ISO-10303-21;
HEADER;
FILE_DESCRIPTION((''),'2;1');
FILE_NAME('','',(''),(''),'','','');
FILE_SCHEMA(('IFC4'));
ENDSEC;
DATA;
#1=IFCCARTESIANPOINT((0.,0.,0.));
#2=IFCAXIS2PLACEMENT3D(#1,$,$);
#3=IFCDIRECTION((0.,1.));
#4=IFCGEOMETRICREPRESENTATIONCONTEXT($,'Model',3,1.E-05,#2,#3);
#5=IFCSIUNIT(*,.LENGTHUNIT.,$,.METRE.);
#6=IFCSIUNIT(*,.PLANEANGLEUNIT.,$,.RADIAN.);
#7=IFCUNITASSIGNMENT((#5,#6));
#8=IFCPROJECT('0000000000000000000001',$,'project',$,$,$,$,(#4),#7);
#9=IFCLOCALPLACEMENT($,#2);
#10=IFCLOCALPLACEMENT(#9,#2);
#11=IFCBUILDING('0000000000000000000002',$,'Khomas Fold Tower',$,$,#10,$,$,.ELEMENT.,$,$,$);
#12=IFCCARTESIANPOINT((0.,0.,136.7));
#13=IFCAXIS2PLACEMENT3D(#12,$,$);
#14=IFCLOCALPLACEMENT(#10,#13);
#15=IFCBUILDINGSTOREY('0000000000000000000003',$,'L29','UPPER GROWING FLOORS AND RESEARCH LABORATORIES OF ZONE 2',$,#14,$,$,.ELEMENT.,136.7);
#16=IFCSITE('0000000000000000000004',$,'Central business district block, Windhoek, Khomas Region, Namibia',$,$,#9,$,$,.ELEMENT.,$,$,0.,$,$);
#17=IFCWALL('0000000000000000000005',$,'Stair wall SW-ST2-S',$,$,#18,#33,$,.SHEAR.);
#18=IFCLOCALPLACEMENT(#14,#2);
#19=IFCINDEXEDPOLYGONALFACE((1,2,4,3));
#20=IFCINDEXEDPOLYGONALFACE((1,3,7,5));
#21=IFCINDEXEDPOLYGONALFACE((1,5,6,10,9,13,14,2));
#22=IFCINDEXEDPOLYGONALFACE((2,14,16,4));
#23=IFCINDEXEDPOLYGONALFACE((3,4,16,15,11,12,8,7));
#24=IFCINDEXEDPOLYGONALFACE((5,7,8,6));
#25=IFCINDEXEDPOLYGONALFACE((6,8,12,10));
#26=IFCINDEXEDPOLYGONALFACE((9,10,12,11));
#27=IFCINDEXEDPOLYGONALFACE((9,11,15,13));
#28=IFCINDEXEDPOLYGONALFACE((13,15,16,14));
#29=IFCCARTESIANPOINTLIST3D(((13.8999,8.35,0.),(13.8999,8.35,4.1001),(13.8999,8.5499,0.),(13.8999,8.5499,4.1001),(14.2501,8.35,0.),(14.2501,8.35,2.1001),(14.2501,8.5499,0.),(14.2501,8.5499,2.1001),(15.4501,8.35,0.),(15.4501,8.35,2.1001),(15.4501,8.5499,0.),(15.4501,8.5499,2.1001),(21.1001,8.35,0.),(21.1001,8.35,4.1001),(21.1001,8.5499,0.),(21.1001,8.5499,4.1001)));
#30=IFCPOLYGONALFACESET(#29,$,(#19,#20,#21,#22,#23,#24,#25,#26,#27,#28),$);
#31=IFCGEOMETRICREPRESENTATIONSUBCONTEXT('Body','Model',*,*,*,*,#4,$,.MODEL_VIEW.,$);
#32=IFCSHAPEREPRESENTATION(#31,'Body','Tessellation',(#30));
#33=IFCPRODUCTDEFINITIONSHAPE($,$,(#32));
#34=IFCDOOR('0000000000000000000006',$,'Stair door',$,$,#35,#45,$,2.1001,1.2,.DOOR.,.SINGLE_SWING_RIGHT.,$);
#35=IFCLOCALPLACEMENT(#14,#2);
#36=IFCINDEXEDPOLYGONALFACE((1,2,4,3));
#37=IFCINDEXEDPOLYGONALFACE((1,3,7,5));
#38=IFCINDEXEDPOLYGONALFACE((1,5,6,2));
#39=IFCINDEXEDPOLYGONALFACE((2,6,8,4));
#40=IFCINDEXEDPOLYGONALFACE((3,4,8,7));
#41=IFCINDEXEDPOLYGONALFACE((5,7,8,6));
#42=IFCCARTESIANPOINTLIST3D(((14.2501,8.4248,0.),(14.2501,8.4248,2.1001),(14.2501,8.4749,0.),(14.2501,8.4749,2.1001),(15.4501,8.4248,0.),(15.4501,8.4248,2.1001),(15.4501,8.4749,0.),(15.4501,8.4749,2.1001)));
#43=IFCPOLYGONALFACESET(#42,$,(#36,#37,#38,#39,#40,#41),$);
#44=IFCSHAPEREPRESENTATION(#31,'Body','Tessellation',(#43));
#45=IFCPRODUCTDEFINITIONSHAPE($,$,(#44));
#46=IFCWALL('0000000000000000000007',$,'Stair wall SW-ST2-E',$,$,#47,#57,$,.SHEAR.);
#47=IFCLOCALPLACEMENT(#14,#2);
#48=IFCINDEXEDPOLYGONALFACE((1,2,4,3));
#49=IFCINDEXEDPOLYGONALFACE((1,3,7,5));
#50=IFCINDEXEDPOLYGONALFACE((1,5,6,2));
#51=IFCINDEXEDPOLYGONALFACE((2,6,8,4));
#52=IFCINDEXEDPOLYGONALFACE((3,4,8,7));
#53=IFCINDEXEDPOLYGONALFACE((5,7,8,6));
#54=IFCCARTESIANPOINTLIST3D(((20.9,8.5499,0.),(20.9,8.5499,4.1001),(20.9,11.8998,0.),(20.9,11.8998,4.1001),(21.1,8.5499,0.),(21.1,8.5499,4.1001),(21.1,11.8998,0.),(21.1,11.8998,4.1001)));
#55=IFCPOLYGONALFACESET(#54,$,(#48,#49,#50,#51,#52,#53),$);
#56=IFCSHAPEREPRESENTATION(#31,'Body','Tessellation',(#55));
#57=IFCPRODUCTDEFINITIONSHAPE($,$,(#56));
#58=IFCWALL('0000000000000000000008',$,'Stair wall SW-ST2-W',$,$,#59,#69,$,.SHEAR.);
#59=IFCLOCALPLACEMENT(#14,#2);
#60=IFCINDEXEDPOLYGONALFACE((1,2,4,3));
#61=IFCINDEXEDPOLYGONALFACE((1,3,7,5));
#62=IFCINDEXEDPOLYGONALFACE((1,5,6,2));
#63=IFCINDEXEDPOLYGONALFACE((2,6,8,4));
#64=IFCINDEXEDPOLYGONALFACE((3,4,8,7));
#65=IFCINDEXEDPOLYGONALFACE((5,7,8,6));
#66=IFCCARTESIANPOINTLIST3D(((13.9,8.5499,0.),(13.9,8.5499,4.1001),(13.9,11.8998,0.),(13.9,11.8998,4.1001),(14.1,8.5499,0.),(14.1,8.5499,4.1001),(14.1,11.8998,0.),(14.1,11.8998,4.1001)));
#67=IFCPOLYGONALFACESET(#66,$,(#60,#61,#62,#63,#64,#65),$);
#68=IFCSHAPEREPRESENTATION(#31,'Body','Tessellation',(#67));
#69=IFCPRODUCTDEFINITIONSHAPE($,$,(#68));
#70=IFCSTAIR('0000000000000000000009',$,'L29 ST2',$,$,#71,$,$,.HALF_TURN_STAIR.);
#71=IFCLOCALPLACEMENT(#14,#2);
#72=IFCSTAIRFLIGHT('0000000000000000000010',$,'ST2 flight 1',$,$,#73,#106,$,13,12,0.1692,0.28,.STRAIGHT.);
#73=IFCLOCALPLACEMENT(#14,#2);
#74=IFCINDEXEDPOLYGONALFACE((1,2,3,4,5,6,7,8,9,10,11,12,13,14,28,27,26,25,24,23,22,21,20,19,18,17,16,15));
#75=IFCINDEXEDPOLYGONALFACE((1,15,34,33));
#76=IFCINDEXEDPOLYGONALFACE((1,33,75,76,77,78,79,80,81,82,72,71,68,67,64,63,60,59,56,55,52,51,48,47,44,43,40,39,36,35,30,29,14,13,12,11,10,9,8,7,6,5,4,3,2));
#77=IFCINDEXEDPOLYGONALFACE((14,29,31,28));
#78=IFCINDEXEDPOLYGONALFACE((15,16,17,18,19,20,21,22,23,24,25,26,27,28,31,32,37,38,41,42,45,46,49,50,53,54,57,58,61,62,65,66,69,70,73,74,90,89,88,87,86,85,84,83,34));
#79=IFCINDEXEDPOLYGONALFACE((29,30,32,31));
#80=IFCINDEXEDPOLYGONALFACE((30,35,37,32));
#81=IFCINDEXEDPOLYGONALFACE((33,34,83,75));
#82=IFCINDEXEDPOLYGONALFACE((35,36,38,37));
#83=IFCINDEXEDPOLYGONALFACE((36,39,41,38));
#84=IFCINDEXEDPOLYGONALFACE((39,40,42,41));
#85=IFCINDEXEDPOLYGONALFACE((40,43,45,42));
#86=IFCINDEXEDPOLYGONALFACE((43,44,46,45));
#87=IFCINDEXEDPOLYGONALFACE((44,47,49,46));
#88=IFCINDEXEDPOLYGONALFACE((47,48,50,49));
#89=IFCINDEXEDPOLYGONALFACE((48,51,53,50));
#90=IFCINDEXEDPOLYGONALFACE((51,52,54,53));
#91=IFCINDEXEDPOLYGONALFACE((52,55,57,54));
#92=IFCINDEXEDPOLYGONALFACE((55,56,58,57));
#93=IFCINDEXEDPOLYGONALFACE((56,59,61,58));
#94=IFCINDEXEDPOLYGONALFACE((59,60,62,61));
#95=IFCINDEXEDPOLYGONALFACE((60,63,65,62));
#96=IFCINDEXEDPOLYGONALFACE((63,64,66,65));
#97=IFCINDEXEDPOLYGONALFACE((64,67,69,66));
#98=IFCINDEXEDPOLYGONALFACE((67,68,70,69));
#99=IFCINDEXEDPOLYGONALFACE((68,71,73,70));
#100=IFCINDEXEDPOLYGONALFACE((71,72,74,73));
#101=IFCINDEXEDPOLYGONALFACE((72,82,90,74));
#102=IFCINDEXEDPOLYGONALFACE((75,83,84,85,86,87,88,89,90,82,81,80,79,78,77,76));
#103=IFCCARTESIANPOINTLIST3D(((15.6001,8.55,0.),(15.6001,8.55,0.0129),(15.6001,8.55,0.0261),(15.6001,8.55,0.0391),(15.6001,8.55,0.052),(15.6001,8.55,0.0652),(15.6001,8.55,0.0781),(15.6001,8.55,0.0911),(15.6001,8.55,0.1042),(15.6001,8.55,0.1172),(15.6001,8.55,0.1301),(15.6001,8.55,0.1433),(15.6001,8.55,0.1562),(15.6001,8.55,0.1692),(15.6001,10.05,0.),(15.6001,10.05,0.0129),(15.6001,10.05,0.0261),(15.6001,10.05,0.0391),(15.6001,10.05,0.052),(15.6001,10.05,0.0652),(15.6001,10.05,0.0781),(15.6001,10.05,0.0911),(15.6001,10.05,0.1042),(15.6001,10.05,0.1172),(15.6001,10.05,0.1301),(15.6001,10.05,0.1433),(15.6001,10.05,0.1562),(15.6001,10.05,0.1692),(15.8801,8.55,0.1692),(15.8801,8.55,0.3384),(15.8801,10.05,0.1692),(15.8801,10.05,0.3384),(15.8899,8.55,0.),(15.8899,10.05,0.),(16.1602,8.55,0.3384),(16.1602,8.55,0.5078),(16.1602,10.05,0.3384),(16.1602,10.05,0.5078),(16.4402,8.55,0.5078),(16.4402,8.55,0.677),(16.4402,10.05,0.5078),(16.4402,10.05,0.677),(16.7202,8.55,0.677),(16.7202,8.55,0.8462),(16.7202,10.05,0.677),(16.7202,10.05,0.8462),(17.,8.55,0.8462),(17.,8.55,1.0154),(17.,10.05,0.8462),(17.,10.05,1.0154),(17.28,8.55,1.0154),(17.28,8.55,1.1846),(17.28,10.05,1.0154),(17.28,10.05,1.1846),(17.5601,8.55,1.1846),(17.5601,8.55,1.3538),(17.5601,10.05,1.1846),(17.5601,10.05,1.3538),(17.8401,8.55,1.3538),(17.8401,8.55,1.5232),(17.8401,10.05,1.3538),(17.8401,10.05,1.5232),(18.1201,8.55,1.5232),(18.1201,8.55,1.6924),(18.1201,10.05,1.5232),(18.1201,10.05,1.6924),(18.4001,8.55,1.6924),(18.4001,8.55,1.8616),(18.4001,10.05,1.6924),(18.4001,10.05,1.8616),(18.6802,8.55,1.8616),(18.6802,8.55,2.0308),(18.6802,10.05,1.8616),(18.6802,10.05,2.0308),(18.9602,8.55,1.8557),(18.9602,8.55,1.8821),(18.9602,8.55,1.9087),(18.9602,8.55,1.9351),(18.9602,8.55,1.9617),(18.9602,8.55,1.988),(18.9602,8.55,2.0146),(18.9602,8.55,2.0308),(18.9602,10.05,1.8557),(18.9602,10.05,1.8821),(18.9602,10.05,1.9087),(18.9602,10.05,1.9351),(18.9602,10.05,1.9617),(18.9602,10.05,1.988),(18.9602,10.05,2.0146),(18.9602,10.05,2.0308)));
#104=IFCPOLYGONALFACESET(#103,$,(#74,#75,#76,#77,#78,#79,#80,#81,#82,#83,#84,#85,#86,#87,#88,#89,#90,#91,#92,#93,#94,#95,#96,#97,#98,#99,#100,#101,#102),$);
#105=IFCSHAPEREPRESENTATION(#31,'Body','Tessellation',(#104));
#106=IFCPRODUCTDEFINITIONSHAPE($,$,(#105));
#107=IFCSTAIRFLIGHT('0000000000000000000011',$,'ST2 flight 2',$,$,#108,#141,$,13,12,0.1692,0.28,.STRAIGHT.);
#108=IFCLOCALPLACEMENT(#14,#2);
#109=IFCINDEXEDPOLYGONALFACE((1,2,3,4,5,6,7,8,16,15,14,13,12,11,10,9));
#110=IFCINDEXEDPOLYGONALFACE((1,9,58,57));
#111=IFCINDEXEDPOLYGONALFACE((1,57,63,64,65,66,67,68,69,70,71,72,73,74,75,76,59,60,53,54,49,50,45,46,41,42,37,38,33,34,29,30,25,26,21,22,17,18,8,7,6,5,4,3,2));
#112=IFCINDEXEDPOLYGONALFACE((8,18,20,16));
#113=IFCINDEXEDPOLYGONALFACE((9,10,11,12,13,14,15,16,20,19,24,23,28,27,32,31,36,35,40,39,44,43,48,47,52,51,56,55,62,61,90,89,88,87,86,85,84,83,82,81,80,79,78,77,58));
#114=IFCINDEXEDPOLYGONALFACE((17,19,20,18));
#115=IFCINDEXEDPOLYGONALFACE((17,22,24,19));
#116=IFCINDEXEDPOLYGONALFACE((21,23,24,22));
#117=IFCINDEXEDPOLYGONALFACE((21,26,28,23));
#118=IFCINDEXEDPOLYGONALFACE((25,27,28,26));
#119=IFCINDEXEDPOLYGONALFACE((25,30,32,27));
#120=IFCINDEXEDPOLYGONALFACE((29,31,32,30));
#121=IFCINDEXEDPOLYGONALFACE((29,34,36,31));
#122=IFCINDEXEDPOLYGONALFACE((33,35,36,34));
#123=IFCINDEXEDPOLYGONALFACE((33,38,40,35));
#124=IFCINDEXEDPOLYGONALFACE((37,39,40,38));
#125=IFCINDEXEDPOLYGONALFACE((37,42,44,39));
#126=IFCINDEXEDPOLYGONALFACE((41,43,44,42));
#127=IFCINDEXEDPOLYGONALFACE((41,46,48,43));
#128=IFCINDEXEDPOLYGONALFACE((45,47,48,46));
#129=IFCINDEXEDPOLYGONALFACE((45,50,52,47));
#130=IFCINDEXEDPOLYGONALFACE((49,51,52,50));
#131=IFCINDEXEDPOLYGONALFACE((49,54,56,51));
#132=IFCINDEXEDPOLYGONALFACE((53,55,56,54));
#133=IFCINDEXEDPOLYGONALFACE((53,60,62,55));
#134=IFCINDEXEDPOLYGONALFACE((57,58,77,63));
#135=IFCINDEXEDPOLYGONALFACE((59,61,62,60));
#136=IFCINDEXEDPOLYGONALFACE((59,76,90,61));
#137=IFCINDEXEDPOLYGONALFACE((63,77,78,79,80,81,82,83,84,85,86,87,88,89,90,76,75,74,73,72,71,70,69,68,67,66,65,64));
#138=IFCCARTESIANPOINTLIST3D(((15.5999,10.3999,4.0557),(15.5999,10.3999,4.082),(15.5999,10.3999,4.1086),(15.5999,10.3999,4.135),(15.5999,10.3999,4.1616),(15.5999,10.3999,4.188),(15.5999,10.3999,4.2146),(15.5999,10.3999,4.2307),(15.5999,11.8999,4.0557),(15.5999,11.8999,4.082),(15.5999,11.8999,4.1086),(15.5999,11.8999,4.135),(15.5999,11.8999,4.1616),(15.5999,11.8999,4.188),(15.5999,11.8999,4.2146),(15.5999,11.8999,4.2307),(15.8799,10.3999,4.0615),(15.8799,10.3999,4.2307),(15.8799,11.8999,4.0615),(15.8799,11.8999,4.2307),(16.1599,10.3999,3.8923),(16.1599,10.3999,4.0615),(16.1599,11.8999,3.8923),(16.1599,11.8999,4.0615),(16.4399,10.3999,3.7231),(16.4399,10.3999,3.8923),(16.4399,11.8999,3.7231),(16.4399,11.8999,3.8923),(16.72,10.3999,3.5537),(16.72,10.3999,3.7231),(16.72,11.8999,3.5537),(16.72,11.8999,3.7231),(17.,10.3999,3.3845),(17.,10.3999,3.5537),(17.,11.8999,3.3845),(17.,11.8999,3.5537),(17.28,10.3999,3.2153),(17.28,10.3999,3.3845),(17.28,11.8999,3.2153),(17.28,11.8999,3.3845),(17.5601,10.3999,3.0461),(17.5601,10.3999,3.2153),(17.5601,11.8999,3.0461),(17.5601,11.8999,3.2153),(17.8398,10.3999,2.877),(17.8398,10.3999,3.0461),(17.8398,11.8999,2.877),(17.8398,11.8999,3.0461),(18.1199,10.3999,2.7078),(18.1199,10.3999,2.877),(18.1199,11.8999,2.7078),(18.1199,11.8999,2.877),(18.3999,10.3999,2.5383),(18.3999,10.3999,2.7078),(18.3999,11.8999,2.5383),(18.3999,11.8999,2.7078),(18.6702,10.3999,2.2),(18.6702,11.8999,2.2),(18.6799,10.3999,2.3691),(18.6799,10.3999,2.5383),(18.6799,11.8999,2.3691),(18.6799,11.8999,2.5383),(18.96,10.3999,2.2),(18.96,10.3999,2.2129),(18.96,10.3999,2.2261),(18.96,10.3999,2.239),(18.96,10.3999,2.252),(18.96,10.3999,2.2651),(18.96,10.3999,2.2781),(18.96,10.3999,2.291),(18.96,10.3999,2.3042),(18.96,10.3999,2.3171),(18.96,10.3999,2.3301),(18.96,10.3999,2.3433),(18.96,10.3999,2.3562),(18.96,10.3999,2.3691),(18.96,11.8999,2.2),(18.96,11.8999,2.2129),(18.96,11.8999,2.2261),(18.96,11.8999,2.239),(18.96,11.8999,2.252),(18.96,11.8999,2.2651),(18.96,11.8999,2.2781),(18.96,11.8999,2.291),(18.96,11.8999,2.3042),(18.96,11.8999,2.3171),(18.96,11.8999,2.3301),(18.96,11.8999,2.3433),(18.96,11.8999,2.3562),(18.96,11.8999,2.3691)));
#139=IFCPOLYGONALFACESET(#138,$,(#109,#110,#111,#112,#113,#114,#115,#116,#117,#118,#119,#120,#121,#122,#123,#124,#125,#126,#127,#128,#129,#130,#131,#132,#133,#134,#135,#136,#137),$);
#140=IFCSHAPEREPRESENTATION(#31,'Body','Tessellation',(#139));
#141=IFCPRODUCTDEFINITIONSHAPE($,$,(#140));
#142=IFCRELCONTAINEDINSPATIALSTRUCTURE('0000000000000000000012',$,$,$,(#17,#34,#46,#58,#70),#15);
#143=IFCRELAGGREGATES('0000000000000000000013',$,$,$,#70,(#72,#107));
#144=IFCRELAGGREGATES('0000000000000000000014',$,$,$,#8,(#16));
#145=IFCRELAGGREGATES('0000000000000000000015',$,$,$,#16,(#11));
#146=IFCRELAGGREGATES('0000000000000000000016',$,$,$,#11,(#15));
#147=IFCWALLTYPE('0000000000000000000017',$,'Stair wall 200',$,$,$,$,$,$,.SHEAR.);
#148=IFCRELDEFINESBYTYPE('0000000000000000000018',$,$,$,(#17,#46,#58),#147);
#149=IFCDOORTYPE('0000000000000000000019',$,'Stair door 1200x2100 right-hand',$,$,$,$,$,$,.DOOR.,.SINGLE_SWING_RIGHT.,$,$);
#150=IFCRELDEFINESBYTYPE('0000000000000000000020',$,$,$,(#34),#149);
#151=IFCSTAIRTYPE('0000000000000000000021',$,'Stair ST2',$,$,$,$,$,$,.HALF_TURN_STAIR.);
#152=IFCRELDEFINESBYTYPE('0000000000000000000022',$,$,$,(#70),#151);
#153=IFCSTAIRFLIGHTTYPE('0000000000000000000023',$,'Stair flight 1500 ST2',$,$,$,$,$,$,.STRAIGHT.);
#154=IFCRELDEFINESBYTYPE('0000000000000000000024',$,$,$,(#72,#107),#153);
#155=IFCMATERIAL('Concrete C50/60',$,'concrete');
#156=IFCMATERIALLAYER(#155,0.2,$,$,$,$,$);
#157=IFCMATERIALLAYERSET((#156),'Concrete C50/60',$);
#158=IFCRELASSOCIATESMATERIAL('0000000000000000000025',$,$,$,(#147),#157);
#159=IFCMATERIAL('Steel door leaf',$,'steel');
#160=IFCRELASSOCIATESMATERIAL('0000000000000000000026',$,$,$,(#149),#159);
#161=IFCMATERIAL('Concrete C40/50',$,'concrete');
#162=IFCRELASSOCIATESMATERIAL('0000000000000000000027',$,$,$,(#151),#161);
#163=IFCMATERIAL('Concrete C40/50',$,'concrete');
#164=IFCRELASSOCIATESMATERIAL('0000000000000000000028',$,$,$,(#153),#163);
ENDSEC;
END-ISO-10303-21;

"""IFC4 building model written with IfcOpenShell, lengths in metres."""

from ifc_helpers import new_model, si_unit, direction, frame, frame_2d, origin, place, context, subcontext, project, spatial, polyline, rectangle, outline, extrude, source, transform, mapped, material, layer, layer_set, type_object, element, fill, aggregate, save


model = new_model("IFC4")

# Units and contexts
model_context = context("Model", 3, precision=1e-05, world=origin(), true_north=direction((0.0, 1.0)))
body_context = subcontext(model_context, "Body", "Model", "MODEL_VIEW")
ifc_project = project(units=[si_unit("LENGTHUNIT", "METRE"), si_unit("PLANEANGLEUNIT", "RADIAN")], contexts=[model_context])

# Site, building, storey
site_placement = place(None, origin())
site = spatial("IfcSite", under=ifc_project, at=site_placement, Name="Central business district block, Windhoek, Khomas Region, Namibia", CompositionType="ELEMENT", RefElevation=0.0)
building_placement = place(site_placement, origin())
building = spatial("IfcBuilding", under=site, at=building_placement, Name="Khomas Fold Tower", CompositionType="ELEMENT")
storey_placement = place(building_placement, frame((0.0, 0.0, 136.7)))
storey = spatial("IfcBuildingStorey", under=building, at=storey_placement, Name="L29", Description="UPPER GROWING FLOORS AND RESEARCH LABORATORIES OF ZONE 2", CompositionType="ELEMENT", Elevation=136.7)

# Shared definitions
ifc_material_1 = material(Name="Concrete C50/60", Category="concrete")
ifc_layer_1 = layer(ifc_material_1, 0.2)
ifc_layer_set_1 = layer_set([ifc_layer_1], Name="Concrete C50/60")
wall_type_1 = type_object("IfcWallType", Name="Stair wall 200", PredefinedType="SHEAR", material=ifc_layer_set_1)

# Wall, opening, door
shared_shape_1 = source(origin(), body_context, "Body", "SweptSolid", [
    extrude(rectangle(XDim=7.2002, YDim=0.2, at=frame_2d((3.6001, 0.0))), origin(), (0.0, 0.0, 1.0), 4.1001),
])
wall_1_placement = place(storey_placement, frame((13.8999, 8.45, 0.0), z_axis=(0.0, 0.0, 1.0), x_axis=(1.0, 0.0, 0.0)))
wall_1 = element("IfcWall", 1, at=wall_1_placement, inside=storey, type_object=wall_type_1, Name="Stair wall SW-ST2-S", PredefinedType="SHEAR", context=body_context, shape_type="MappedRepresentation", body=[
    mapped(shared_shape_1, transform((0.0, 0.0, 0.0))),
])
shared_shape_2 = source(origin(), body_context, "Body", "SweptSolid", [
    extrude(rectangle(XDim=1.2, YDim=2.1001, at=frame_2d((0.6001, 1.05))), frame((0.0, 0.1099, 0.0), z_axis=(0.0, -1.0, 0.0), x_axis=(1.0, 0.0, 0.0)), (0.0, 0.0, 1.0), 0.22),
])
opening_1_placement = place(wall_1_placement, frame((0.3501, 0.0, 0.0)))
opening_1 = element("IfcOpeningElement", 2, at=opening_1_placement, cuts=wall_1, PredefinedType="OPENING", context=body_context, shape_type="MappedRepresentation", body=[
    mapped(shared_shape_2, transform((0.0, 0.0, 0.0))),
])
ifc_material_2 = material(Name="Steel door leaf", Category="steel")
door_type_1 = type_object("IfcDoorType", Name="Stair door 1200x2100 right-hand", OperationType="SINGLE_SWING_RIGHT", PredefinedType="DOOR", material=ifc_material_2)
shared_shape_3 = source(origin(), body_context, "Body", "SweptSolid", [
    extrude(rectangle(XDim=1.2, YDim=2.1001, at=frame_2d((0.6001, 1.05))), frame((0.0, 0.0249, 0.0), z_axis=(0.0, -1.0, 0.0), x_axis=(1.0, 0.0, 0.0)), (0.0, 0.0, 1.0), 0.05),
])
door_1_placement = place(opening_1_placement, origin())
door_1 = element("IfcDoor", 3, at=door_1_placement, inside=storey, type_object=door_type_1, Name="Stair door", OperationType="SINGLE_SWING_RIGHT", OverallHeight=2.1001, OverallWidth=1.2, PredefinedType="DOOR", context=body_context, shape_type="MappedRepresentation", body=[
    mapped(shared_shape_3, transform((0.0, 0.0, 0.0))),
])
fill(opening_1, door_1)

# Walls
shared_shape_4 = source(origin(), body_context, "Body", "SweptSolid", [
    extrude(rectangle(XDim=3.3499, YDim=0.2, at=frame_2d((1.6748, 0.0))), origin(), (0.0, 0.0, 1.0), 4.1001),
])
for number, where, z_axis, x_axis, name in (
    (4, (21.0, 8.55, 0.0), (0.0, 0.0, 1.0), (0.0, 1.0, 0.0), "Stair wall SW-ST2-E"),
    (5, (14.0, 8.55, 0.0), (0.0, 0.0, 1.0), (0.0, 1.0, 0.0), "Stair wall SW-ST2-W"),
):
    element("IfcWall", number, at=place(storey_placement, frame(where, z_axis=z_axis, x_axis=x_axis)), inside=storey, type_object=wall_type_1, Name=name, PredefinedType="SHEAR", context=body_context, shape_type="MappedRepresentation", body=[
        mapped(shared_shape_4, transform((0.0, 0.0, 0.0))),
    ])

# Stair, stair flights
ifc_material_3 = material(Name="Concrete C40/50", Category="concrete")
stair_type = type_object("IfcStairType", Name="Stair ST2", PredefinedType="HALF_TURN_STAIR", material=ifc_material_3)
stair_placement = place(storey_placement, origin())
stair = element("IfcStair", 6, at=stair_placement, inside=storey, type_object=stair_type, Name="L29 ST2", PredefinedType="HALF_TURN_STAIR")
ifc_material_4 = material(Name="Concrete C40/50", Category="concrete")
stair_flight_type = type_object("IfcStairFlightType", Name="Stair flight 1500 ST2", PredefinedType="STRAIGHT", material=ifc_material_4)
shared_shape_5 = source(origin(), body_context, "Body", "SweptSolid", [
    extrude(outline(polyline([(0.0, 0.0), (0.0, 0.0129), (0.0, 0.0261), (0.0, 0.0391), (0.0, 0.052), (0.0, 0.0652), (0.0, 0.0781), (0.0, 0.0911), (0.0, 0.1042), (0.0, 0.1172), (0.0, 0.1301), (0.0, 0.1433), (0.0, 0.1562), (0.0, 0.1692), (0.28, 0.1692), (0.28, 0.3384), (0.5601, 0.3384), (0.5601, 0.5078), (0.8401, 0.5078), (0.8401, 0.677), (1.1201, 0.677), (1.1201, 0.8462), (1.3999, 0.8462), (1.3999, 1.0154), (1.6799, 1.0154), (1.6799, 1.1846), (1.96, 1.1846), (1.96, 1.3538), (2.24, 1.3538), (2.24, 1.5232), (2.52, 1.5232), (2.52, 1.6924), (2.8, 1.6924), (2.8, 1.8616), (3.0801, 1.8616), (3.0801, 2.0308), (3.3601, 2.0308), (3.3601, 2.2), (3.3601, 2.1736), (3.3601, 2.147), (3.3601, 2.1206), (3.3601, 2.094), (3.3601, 2.0676), (3.3601, 2.041), (3.3601, 2.0146), (3.3601, 1.988), (3.3601, 1.9617), (3.3601, 1.9351), (3.3601, 1.9087), (3.3601, 1.8821), (3.3601, 1.8557), (0.2898, 0.0), (0.0, 0.0)])), frame((0.0, 0.75, 0.0), z_axis=(0.0, -1.0, 0.0), x_axis=(1.0, 0.0, 0.0)), (0.0, 0.0, 1.0), 1.5),
])
stair_flight_1_placement = place(storey_placement, frame((15.6001, 9.3, 0.0), z_axis=(0.0, 0.0, 1.0), x_axis=(1.0, 0.0, 0.0)))
stair_flight_1 = element("IfcStairFlight", 7, at=stair_flight_1_placement, type_object=stair_flight_type, Name="ST2 flight 1", NumberOfRisers=13, NumberOfTreads=12, PredefinedType="STRAIGHT", RiserHeight=0.1692, TreadLength=0.28, context=body_context, shape_type="MappedRepresentation", body=[
    mapped(shared_shape_5, transform((0.0, 0.0, 0.0))),
])
stair_flight_2_placement = place(storey_placement, frame((18.96, 11.1499, 2.2), z_axis=(0.0, 0.0, 1.0), x_axis=(-1.0, 0.0, 0.0)))
stair_flight_2 = element("IfcStairFlight", 8, at=stair_flight_2_placement, type_object=stair_flight_type, Name="ST2 flight 2", NumberOfRisers=13, NumberOfTreads=12, PredefinedType="STRAIGHT", RiserHeight=0.1692, TreadLength=0.28, context=body_context, shape_type="MappedRepresentation", body=[
    mapped(shared_shape_5, transform((0.0, 0.0, 0.0))),
])
aggregate(stair, [stair_flight_1, stair_flight_2])

save(model, "model.ifc")
